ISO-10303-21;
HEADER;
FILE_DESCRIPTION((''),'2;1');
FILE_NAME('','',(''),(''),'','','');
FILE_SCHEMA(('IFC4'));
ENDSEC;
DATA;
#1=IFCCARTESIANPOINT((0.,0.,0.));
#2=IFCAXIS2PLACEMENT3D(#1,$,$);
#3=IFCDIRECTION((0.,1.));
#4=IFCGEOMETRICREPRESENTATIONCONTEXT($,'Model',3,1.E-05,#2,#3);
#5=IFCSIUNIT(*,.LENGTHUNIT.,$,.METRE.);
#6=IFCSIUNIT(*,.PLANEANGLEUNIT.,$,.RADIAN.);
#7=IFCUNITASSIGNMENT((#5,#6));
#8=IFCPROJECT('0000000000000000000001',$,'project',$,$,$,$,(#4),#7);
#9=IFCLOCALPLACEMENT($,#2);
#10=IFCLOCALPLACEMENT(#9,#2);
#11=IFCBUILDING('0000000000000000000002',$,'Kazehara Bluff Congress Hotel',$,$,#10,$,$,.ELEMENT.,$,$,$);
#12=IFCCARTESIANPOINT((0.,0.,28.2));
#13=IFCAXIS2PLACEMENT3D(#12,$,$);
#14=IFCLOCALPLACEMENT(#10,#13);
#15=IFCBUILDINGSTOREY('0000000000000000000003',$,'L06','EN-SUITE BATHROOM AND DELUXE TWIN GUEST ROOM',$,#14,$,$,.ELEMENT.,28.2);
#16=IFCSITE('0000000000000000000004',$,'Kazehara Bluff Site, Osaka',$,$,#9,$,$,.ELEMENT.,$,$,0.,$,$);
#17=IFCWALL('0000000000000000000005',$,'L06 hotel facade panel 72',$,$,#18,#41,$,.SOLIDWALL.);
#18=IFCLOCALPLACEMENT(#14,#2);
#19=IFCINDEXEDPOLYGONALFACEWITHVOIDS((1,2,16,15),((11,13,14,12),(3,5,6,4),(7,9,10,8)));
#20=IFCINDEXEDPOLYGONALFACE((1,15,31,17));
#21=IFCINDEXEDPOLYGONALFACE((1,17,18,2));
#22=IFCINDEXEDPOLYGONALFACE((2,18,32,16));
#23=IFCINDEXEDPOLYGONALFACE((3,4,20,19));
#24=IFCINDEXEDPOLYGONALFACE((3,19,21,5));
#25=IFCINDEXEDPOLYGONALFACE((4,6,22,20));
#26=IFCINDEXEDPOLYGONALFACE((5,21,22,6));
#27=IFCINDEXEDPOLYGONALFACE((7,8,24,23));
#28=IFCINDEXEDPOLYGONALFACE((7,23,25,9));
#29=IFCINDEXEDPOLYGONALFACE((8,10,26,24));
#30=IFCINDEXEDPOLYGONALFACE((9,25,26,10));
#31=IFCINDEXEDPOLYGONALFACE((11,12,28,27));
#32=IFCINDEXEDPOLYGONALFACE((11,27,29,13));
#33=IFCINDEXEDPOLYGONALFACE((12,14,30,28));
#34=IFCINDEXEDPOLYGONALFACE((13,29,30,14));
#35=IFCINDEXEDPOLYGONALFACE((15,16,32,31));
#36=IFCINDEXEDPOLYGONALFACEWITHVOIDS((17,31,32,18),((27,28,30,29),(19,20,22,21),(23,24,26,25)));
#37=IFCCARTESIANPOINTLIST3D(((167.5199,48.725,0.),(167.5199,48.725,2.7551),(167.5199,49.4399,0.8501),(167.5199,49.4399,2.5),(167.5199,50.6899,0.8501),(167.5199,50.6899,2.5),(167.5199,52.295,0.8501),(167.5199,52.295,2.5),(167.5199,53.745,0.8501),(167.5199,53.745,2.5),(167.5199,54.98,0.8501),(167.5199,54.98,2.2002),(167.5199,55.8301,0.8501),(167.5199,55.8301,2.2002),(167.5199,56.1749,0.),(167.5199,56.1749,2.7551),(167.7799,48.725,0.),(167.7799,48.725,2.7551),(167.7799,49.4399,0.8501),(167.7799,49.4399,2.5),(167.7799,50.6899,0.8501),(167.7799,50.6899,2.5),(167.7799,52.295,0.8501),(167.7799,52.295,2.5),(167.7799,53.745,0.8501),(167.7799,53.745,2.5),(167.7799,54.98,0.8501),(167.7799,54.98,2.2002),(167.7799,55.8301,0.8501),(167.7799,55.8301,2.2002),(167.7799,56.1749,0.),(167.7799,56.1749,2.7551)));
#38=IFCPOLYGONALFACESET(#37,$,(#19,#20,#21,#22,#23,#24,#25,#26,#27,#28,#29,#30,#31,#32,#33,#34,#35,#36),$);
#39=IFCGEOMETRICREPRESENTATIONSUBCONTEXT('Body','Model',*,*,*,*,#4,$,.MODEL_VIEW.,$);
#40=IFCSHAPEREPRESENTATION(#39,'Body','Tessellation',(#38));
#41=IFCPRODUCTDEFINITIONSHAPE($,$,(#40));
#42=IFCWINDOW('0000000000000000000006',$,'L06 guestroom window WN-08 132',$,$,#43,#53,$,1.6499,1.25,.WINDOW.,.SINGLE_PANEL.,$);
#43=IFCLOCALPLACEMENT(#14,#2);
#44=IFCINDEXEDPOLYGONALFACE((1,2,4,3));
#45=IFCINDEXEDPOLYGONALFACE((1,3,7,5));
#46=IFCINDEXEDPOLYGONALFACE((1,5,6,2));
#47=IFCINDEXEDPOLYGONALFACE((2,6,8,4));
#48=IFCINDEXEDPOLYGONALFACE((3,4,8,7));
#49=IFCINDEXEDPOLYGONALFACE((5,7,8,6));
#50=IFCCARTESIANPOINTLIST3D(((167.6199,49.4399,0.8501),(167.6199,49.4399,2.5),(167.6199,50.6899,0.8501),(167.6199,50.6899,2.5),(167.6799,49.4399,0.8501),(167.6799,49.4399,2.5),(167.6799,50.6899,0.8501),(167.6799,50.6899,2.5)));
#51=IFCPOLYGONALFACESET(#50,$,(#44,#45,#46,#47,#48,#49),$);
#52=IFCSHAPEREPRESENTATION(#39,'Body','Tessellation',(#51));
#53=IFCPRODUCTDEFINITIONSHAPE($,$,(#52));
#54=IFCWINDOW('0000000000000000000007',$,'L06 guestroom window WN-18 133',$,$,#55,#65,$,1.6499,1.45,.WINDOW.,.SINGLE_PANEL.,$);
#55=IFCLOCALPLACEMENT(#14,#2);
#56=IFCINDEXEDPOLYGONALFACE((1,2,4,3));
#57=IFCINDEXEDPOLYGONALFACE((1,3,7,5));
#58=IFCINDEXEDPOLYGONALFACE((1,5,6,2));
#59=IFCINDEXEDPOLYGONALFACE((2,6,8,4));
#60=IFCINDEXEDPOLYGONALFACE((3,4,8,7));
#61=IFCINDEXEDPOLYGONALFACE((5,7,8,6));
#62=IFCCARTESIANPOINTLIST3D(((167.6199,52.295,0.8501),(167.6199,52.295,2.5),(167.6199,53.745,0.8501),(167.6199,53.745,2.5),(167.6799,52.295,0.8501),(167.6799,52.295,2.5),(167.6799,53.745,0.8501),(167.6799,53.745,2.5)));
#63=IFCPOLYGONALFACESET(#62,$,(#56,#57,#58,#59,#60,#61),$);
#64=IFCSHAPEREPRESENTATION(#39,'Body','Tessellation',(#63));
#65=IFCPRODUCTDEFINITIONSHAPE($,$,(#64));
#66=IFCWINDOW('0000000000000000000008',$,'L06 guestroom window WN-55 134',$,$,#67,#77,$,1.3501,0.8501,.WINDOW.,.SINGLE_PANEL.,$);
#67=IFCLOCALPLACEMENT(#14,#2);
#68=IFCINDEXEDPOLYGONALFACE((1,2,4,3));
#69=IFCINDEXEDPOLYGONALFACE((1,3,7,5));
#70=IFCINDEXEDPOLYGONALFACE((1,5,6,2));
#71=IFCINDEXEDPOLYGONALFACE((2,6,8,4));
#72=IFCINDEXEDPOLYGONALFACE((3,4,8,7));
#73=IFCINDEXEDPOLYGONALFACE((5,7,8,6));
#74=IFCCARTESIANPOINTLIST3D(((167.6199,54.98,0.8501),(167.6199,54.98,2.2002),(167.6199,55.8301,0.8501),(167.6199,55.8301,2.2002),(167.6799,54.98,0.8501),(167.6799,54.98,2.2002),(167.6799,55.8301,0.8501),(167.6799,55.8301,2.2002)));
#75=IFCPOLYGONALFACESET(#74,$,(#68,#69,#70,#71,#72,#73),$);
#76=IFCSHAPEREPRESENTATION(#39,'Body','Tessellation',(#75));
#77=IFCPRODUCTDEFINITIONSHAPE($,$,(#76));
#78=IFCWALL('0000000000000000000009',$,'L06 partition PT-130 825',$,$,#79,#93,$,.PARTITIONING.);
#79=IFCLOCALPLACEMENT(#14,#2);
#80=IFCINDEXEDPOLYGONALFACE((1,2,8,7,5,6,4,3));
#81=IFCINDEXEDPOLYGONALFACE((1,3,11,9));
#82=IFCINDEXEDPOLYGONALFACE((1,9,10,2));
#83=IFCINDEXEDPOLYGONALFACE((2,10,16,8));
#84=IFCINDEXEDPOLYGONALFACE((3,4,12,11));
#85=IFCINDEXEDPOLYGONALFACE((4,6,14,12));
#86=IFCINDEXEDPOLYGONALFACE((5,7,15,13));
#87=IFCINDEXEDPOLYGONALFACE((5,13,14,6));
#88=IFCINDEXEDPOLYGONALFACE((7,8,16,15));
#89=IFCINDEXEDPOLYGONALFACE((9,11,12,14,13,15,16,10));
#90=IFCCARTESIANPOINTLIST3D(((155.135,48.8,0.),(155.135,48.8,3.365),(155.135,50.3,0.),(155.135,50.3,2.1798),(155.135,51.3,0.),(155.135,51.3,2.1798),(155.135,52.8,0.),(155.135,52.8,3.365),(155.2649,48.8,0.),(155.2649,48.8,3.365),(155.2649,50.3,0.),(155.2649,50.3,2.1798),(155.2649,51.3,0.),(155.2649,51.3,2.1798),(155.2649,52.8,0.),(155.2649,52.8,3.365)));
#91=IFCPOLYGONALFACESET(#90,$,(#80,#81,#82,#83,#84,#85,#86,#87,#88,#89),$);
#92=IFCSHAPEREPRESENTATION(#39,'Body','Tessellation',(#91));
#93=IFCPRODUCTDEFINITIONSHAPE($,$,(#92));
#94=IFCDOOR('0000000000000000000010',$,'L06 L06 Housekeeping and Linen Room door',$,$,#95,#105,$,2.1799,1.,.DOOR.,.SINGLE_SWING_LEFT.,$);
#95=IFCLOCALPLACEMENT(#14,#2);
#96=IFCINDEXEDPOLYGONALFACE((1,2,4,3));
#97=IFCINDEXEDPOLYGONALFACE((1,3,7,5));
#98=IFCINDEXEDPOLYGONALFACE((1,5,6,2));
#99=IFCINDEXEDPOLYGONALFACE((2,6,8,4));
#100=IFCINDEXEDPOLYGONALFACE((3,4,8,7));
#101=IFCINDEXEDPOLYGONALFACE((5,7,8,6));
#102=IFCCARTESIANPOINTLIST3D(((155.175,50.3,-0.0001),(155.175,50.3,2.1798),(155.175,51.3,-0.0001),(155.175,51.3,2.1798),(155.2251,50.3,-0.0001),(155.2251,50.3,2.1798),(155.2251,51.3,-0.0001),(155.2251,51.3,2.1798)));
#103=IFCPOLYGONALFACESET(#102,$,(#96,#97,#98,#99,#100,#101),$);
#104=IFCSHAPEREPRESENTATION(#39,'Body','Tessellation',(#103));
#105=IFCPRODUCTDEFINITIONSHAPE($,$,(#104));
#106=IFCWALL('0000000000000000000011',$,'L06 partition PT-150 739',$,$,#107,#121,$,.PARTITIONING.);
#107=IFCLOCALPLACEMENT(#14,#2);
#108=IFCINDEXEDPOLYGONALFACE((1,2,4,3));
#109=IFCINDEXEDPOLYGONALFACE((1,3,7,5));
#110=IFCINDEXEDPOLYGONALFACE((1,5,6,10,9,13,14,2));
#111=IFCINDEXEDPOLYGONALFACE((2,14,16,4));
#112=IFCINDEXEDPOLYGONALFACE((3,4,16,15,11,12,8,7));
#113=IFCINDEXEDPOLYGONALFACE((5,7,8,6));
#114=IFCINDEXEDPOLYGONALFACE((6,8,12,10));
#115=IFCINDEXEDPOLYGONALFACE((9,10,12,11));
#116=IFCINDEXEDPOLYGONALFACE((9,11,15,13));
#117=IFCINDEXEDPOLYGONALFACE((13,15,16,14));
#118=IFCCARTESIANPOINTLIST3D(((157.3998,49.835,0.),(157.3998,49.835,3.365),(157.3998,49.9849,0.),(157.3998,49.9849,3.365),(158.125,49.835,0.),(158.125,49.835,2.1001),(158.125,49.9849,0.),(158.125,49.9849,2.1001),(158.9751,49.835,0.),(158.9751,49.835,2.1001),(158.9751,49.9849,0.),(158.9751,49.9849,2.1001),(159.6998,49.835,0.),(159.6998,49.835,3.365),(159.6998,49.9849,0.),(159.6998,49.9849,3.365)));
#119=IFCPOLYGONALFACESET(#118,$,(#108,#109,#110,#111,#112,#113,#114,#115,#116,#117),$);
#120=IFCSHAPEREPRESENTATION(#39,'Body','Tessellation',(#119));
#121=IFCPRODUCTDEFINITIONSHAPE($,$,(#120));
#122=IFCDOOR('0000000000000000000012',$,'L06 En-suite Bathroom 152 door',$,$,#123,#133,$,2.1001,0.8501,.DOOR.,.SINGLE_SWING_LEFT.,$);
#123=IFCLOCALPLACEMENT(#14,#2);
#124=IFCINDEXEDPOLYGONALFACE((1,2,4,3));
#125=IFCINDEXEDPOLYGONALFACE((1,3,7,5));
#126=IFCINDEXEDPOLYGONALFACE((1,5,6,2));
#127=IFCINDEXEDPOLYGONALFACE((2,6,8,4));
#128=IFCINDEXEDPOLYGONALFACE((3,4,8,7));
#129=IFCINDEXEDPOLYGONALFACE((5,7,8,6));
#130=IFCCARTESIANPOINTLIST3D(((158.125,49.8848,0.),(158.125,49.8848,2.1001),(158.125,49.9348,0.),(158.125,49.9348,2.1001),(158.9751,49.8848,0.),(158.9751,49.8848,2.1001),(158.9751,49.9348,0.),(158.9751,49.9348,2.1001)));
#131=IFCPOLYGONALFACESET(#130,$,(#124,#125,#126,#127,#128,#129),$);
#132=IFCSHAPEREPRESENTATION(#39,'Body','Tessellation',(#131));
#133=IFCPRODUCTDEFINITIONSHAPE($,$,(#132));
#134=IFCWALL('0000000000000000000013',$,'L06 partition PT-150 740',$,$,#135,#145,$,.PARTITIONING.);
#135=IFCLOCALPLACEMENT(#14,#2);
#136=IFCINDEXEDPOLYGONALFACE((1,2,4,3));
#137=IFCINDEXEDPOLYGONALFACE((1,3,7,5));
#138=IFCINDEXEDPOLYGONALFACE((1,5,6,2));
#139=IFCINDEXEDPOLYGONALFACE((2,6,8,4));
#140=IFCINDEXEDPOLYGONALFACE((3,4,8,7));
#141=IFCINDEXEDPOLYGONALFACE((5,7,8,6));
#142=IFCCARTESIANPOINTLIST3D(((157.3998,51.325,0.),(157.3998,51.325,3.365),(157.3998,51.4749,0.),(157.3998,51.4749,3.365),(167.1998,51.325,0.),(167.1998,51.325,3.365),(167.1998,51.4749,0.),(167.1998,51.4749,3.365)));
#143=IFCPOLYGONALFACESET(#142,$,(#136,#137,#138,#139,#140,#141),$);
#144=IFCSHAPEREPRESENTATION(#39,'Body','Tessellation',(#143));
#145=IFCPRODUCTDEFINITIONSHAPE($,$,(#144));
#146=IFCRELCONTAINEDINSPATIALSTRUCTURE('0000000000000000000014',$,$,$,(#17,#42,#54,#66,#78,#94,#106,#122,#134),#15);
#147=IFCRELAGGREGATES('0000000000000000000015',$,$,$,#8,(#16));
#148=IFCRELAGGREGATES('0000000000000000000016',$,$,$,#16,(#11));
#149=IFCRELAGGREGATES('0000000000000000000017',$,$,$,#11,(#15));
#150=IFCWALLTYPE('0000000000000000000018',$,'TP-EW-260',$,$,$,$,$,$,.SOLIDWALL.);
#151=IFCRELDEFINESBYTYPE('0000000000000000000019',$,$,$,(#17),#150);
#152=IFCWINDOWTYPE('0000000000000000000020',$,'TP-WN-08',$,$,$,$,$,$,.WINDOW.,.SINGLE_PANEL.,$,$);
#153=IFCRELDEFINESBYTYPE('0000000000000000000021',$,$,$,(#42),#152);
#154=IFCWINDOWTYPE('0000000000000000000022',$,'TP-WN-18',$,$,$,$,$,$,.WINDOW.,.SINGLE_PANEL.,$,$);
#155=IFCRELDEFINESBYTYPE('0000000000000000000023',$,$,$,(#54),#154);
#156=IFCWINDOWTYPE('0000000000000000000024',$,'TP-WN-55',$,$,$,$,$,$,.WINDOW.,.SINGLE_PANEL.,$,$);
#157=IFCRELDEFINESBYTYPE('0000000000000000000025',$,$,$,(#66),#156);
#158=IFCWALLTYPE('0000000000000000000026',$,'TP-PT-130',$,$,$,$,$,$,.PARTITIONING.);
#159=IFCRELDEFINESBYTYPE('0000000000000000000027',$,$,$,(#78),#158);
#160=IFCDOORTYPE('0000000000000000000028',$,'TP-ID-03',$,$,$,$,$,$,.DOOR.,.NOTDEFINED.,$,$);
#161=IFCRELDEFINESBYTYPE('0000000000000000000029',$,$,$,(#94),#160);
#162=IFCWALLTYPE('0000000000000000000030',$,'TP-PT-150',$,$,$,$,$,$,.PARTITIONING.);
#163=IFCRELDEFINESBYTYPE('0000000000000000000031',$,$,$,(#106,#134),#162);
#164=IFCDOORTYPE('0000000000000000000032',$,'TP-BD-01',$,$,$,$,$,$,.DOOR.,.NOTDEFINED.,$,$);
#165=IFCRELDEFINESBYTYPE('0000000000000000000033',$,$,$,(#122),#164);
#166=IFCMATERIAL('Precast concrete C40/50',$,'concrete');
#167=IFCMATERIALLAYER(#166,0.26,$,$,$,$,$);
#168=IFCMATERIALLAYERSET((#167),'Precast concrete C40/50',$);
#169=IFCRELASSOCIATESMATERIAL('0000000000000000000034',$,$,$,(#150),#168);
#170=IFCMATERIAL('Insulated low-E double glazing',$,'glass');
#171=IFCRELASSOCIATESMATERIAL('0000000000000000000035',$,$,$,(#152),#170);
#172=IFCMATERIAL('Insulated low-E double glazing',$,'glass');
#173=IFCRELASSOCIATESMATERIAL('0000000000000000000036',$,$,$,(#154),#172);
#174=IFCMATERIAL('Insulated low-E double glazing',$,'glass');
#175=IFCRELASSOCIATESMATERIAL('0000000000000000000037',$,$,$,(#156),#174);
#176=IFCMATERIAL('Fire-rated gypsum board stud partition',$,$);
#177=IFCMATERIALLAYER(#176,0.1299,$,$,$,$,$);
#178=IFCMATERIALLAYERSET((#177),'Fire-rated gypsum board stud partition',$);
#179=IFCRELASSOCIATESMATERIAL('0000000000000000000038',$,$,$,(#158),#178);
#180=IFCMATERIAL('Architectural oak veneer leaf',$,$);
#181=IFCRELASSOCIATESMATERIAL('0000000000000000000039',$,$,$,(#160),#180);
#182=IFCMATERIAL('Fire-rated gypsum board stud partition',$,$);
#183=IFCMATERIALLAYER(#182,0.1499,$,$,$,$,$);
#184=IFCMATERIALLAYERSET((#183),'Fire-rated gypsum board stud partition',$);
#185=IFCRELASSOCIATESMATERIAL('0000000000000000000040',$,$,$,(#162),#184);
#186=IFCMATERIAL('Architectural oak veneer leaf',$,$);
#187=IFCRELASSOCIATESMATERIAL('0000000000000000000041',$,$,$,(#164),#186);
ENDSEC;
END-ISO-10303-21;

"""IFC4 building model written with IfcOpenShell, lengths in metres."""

from ifc_helpers import new_model, si_unit, direction, frame, frame_2d, origin, place, context, subcontext, project, spatial, rectangle, extrude, material, layer, layer_set, type_object, element, fill, save


model = new_model("IFC4")

# Units and contexts
model_context = context("Model", 3, precision=1e-05, world=origin(), true_north=direction((0.0, 1.0)))
body_context = subcontext(model_context, "Body", "Model", "MODEL_VIEW")
ifc_project = project(units=[si_unit("LENGTHUNIT", "METRE"), si_unit("PLANEANGLEUNIT", "RADIAN")], contexts=[model_context])

# Site, building, storey
site_placement = place(None, origin())
site = spatial("IfcSite", under=ifc_project, at=site_placement, Name="Kazehara Bluff Site, Osaka", CompositionType="ELEMENT", RefElevation=0.0)
building_placement = place(site_placement, origin())
building = spatial("IfcBuilding", under=site, at=building_placement, Name="Kazehara Bluff Congress Hotel", CompositionType="ELEMENT")
storey_placement = place(building_placement, frame((0.0, 0.0, 28.2)))
storey = spatial("IfcBuildingStorey", under=building, at=storey_placement, Name="L06", Description="EN-SUITE BATHROOM AND DELUXE TWIN GUEST ROOM", CompositionType="ELEMENT", Elevation=28.2)

# Wall, openings, windows
ifc_material_1 = material(Name="Precast concrete C40/50", Category="concrete")
ifc_layer_1 = layer(ifc_material_1, 0.26)
ifc_layer_set_1 = layer_set([ifc_layer_1], Name="Precast concrete C40/50")
wall_type_1 = type_object("IfcWallType", Name="TP-EW-260", PredefinedType="SOLIDWALL", material=ifc_layer_set_1)
wall_1_placement = place(storey_placement, frame((167.6499, 56.175, 0.0), z_axis=(0.0, 0.0, 1.0), x_axis=(0.0, -1.0, 0.0)))
wall_1 = element("IfcWall", 1, at=wall_1_placement, inside=storey, type_object=wall_type_1, Name="L06 hotel facade panel 72", PredefinedType="SOLIDWALL", context=body_context, shape_type="SweptSolid", body=[
    extrude(rectangle(XDim=7.45, YDim=0.26, at=frame_2d((3.7251, 0.0))), origin(), (0.0, 0.0, 1.0), 2.7551),
])
opening_1_placement = place(wall_1_placement, frame((5.4851, 0.0, 0.8501)))
opening_1 = element("IfcOpeningElement", 2, at=opening_1_placement, cuts=wall_1, PredefinedType="OPENING", context=body_context, shape_type="SweptSolid", body=[
    extrude(rectangle(XDim=1.25, YDim=1.6499, at=frame_2d((0.625, 0.825))), frame((0.0, 0.1399, 0.0), z_axis=(0.0, -1.0, 0.0), x_axis=(1.0, 0.0, 0.0)), (0.0, 0.0, 1.0), 0.28),
])
opening_2_placement = place(wall_1_placement, frame((2.4299, 0.0, 0.8501)))
opening_2 = element("IfcOpeningElement", 3, at=opening_2_placement, cuts=wall_1, PredefinedType="OPENING", context=body_context, shape_type="SweptSolid", body=[
    extrude(rectangle(XDim=1.45, YDim=1.6499, at=frame_2d((0.7251, 0.825))), frame((0.0, 0.1399, 0.0), z_axis=(0.0, -1.0, 0.0), x_axis=(1.0, 0.0, 0.0)), (0.0, 0.0, 1.0), 0.28),
])
opening_3_placement = place(wall_1_placement, frame((0.345, 0.0, 0.8501)))
opening_3 = element("IfcOpeningElement", 4, at=opening_3_placement, cuts=wall_1, PredefinedType="OPENING", context=body_context, shape_type="SweptSolid", body=[
    extrude(rectangle(XDim=0.8501, YDim=1.3501, at=frame_2d((0.425, 0.675))), frame((0.0, 0.1399, 0.0), z_axis=(0.0, -1.0, 0.0), x_axis=(1.0, 0.0, 0.0)), (0.0, 0.0, 1.0), 0.28),
])
ifc_material_2 = material(Name="Insulated low-E double glazing", Category="glass")
window_type_1 = type_object("IfcWindowType", Name="TP-WN-08", PartitioningType="SINGLE_PANEL", PredefinedType="WINDOW", material=ifc_material_2)
window_1_placement = place(opening_1_placement, origin())
window_1 = element("IfcWindow", 5, at=window_1_placement, inside=storey, type_object=window_type_1, Name="L06 guestroom window WN-08 132", OverallHeight=1.6499, OverallWidth=1.25, PartitioningType="SINGLE_PANEL", PredefinedType="WINDOW", context=body_context, shape_type="SweptSolid", body=[
    extrude(rectangle(XDim=1.25, YDim=1.6499, at=frame_2d((0.625, 0.825))), frame((0.0, 0.03, 0.0), z_axis=(0.0, -1.0, 0.0), x_axis=(1.0, 0.0, 0.0)), (0.0, 0.0, 1.0), 0.0601),
])
fill(opening_1, window_1)
ifc_material_3 = material(Name="Insulated low-E double glazing", Category="glass")
window_type_2 = type_object("IfcWindowType", Name="TP-WN-18", PartitioningType="SINGLE_PANEL", PredefinedType="WINDOW", material=ifc_material_3)
window_2_placement = place(opening_2_placement, origin())
window_2 = element("IfcWindow", 6, at=window_2_placement, inside=storey, type_object=window_type_2, Name="L06 guestroom window WN-18 133", OverallHeight=1.6499, OverallWidth=1.45, PartitioningType="SINGLE_PANEL", PredefinedType="WINDOW", context=body_context, shape_type="SweptSolid", body=[
    extrude(rectangle(XDim=1.45, YDim=1.6499, at=frame_2d((0.7251, 0.825))), frame((0.0, 0.03, 0.0), z_axis=(0.0, -1.0, 0.0), x_axis=(1.0, 0.0, 0.0)), (0.0, 0.0, 1.0), 0.0601),
])
fill(opening_2, window_2)
ifc_material_4 = material(Name="Insulated low-E double glazing", Category="glass")
window_type_3 = type_object("IfcWindowType", Name="TP-WN-55", PartitioningType="SINGLE_PANEL", PredefinedType="WINDOW", material=ifc_material_4)
window_3_placement = place(opening_3_placement, origin())
window_3 = element("IfcWindow", 7, at=window_3_placement, inside=storey, type_object=window_type_3, Name="L06 guestroom window WN-55 134", OverallHeight=1.3501, OverallWidth=0.8501, PartitioningType="SINGLE_PANEL", PredefinedType="WINDOW", context=body_context, shape_type="SweptSolid", body=[
    extrude(rectangle(XDim=0.8501, YDim=1.3501, at=frame_2d((0.425, 0.675))), frame((0.0, 0.03, 0.0), z_axis=(0.0, -1.0, 0.0), x_axis=(1.0, 0.0, 0.0)), (0.0, 0.0, 1.0), 0.0601),
])
fill(opening_3, window_3)

# Walls, openings, doors
ifc_material_5 = material(Name="Fire-rated gypsum board stud partition")
ifc_layer_2 = layer(ifc_material_5, 0.1299)
ifc_layer_set_2 = layer_set([ifc_layer_2], Name="Fire-rated gypsum board stud partition")
wall_type_2 = type_object("IfcWallType", Name="TP-PT-130", PredefinedType="PARTITIONING", material=ifc_layer_set_2)
wall_2_placement = place(storey_placement, frame((155.2, 48.8, 0.0), z_axis=(0.0, 0.0, 1.0), x_axis=(0.0, 1.0, 0.0)))
wall_2 = element("IfcWall", 8, at=wall_2_placement, inside=storey, type_object=wall_type_2, Name="L06 partition PT-130 825", PredefinedType="PARTITIONING", context=body_context, shape_type="SweptSolid", body=[
    extrude(rectangle(XDim=4.0, YDim=0.1299, at=frame_2d((2.0, 0.0))), origin(), (0.0, 0.0, 1.0), 3.365),
])
opening_4_placement = place(wall_2_placement, frame((1.5, 0.0, 0.0)))
opening_4 = element("IfcOpeningElement", 9, at=opening_4_placement, cuts=wall_2, PredefinedType="OPENING", context=body_context, shape_type="SweptSolid", body=[
    extrude(rectangle(XDim=1.0, YDim=2.1799, at=frame_2d((0.5, 1.0898))), frame((0.0, 0.075, 0.0), z_axis=(0.0, -1.0, 0.0), x_axis=(1.0, 0.0, 0.0)), (0.0, 0.0, 1.0), 0.1499),
])
ifc_material_6 = material(Name="Architectural oak veneer leaf")
door_type_1 = type_object("IfcDoorType", Name="TP-ID-03", OperationType="NOTDEFINED", PredefinedType="DOOR", material=ifc_material_6)
door_1_placement = place(opening_4_placement, origin())
door_1 = element("IfcDoor", 10, at=door_1_placement, inside=storey, type_object=door_type_1, Name="L06 L06 Housekeeping and Linen Room door", OperationType="SINGLE_SWING_LEFT", OverallHeight=2.1799, OverallWidth=1.0, PredefinedType="DOOR", context=body_context, shape_type="SweptSolid", body=[
    extrude(rectangle(XDim=1.0, YDim=2.1799, at=frame_2d((0.5, 1.0898))), frame((0.0, 0.0249, 0.0), z_axis=(0.0, -1.0, 0.0), x_axis=(1.0, 0.0, 0.0)), (0.0, 0.0, 1.0), 0.05),
])
fill(opening_4, door_1)
ifc_material_7 = material(Name="Fire-rated gypsum board stud partition")
ifc_layer_3 = layer(ifc_material_7, 0.1499)
ifc_layer_set_3 = layer_set([ifc_layer_3], Name="Fire-rated gypsum board stud partition")
wall_type_3 = type_object("IfcWallType", Name="TP-PT-150", PredefinedType="PARTITIONING", material=ifc_layer_set_3)
wall_3_placement = place(storey_placement, frame((157.3999, 49.9099, 0.0), z_axis=(0.0, 0.0, 1.0), x_axis=(1.0, 0.0, 0.0)))
wall_3 = element("IfcWall", 11, at=wall_3_placement, inside=storey, type_object=wall_type_3, Name="L06 partition PT-150 739", PredefinedType="PARTITIONING", context=body_context, shape_type="SweptSolid", body=[
    extrude(rectangle(XDim=2.3, YDim=0.1499, at=frame_2d((1.1499, 0.0))), origin(), (0.0, 0.0, 1.0), 3.365),
])
opening_5_placement = place(wall_3_placement, frame((0.7251, 0.0, 0.0)))
opening_5 = element("IfcOpeningElement", 12, at=opening_5_placement, cuts=wall_3, PredefinedType="OPENING", context=body_context, shape_type="SweptSolid", body=[
    extrude(rectangle(XDim=0.8501, YDim=2.1001, at=frame_2d((0.425, 1.05))), frame((0.0, 0.085, 0.0), z_axis=(0.0, -1.0, 0.0), x_axis=(1.0, 0.0, 0.0)), (0.0, 0.0, 1.0), 0.1699),
])
ifc_material_8 = material(Name="Architectural oak veneer leaf")
door_type_2 = type_object("IfcDoorType", Name="TP-BD-01", OperationType="NOTDEFINED", PredefinedType="DOOR", material=ifc_material_8)
door_2_placement = place(opening_5_placement, origin())
door_2 = element("IfcDoor", 13, at=door_2_placement, inside=storey, type_object=door_type_2, Name="L06 En-suite Bathroom 152 door", OperationType="SINGLE_SWING_LEFT", OverallHeight=2.1001, OverallWidth=0.8501, PredefinedType="DOOR", context=body_context, shape_type="SweptSolid", body=[
    extrude(rectangle(XDim=0.8501, YDim=2.1001, at=frame_2d((0.425, 1.05))), frame((0.0, 0.0249, 0.0), z_axis=(0.0, -1.0, 0.0), x_axis=(1.0, 0.0, 0.0)), (0.0, 0.0, 1.0), 0.05),
])
fill(opening_5, door_2)

# Wall
wall_4_placement = place(storey_placement, frame((157.3999, 51.3999, 0.0), z_axis=(0.0, 0.0, 1.0), x_axis=(1.0, 0.0, 0.0)))
element("IfcWall", 14, at=wall_4_placement, inside=storey, type_object=wall_type_3, Name="L06 partition PT-150 740", PredefinedType="PARTITIONING", context=body_context, shape_type="SweptSolid", body=[
    extrude(rectangle(XDim=9.8, YDim=0.1499, at=frame_2d((4.8999, 0.0))), origin(), (0.0, 0.0, 1.0), 3.365),
])

save(model, "model.ifc")
